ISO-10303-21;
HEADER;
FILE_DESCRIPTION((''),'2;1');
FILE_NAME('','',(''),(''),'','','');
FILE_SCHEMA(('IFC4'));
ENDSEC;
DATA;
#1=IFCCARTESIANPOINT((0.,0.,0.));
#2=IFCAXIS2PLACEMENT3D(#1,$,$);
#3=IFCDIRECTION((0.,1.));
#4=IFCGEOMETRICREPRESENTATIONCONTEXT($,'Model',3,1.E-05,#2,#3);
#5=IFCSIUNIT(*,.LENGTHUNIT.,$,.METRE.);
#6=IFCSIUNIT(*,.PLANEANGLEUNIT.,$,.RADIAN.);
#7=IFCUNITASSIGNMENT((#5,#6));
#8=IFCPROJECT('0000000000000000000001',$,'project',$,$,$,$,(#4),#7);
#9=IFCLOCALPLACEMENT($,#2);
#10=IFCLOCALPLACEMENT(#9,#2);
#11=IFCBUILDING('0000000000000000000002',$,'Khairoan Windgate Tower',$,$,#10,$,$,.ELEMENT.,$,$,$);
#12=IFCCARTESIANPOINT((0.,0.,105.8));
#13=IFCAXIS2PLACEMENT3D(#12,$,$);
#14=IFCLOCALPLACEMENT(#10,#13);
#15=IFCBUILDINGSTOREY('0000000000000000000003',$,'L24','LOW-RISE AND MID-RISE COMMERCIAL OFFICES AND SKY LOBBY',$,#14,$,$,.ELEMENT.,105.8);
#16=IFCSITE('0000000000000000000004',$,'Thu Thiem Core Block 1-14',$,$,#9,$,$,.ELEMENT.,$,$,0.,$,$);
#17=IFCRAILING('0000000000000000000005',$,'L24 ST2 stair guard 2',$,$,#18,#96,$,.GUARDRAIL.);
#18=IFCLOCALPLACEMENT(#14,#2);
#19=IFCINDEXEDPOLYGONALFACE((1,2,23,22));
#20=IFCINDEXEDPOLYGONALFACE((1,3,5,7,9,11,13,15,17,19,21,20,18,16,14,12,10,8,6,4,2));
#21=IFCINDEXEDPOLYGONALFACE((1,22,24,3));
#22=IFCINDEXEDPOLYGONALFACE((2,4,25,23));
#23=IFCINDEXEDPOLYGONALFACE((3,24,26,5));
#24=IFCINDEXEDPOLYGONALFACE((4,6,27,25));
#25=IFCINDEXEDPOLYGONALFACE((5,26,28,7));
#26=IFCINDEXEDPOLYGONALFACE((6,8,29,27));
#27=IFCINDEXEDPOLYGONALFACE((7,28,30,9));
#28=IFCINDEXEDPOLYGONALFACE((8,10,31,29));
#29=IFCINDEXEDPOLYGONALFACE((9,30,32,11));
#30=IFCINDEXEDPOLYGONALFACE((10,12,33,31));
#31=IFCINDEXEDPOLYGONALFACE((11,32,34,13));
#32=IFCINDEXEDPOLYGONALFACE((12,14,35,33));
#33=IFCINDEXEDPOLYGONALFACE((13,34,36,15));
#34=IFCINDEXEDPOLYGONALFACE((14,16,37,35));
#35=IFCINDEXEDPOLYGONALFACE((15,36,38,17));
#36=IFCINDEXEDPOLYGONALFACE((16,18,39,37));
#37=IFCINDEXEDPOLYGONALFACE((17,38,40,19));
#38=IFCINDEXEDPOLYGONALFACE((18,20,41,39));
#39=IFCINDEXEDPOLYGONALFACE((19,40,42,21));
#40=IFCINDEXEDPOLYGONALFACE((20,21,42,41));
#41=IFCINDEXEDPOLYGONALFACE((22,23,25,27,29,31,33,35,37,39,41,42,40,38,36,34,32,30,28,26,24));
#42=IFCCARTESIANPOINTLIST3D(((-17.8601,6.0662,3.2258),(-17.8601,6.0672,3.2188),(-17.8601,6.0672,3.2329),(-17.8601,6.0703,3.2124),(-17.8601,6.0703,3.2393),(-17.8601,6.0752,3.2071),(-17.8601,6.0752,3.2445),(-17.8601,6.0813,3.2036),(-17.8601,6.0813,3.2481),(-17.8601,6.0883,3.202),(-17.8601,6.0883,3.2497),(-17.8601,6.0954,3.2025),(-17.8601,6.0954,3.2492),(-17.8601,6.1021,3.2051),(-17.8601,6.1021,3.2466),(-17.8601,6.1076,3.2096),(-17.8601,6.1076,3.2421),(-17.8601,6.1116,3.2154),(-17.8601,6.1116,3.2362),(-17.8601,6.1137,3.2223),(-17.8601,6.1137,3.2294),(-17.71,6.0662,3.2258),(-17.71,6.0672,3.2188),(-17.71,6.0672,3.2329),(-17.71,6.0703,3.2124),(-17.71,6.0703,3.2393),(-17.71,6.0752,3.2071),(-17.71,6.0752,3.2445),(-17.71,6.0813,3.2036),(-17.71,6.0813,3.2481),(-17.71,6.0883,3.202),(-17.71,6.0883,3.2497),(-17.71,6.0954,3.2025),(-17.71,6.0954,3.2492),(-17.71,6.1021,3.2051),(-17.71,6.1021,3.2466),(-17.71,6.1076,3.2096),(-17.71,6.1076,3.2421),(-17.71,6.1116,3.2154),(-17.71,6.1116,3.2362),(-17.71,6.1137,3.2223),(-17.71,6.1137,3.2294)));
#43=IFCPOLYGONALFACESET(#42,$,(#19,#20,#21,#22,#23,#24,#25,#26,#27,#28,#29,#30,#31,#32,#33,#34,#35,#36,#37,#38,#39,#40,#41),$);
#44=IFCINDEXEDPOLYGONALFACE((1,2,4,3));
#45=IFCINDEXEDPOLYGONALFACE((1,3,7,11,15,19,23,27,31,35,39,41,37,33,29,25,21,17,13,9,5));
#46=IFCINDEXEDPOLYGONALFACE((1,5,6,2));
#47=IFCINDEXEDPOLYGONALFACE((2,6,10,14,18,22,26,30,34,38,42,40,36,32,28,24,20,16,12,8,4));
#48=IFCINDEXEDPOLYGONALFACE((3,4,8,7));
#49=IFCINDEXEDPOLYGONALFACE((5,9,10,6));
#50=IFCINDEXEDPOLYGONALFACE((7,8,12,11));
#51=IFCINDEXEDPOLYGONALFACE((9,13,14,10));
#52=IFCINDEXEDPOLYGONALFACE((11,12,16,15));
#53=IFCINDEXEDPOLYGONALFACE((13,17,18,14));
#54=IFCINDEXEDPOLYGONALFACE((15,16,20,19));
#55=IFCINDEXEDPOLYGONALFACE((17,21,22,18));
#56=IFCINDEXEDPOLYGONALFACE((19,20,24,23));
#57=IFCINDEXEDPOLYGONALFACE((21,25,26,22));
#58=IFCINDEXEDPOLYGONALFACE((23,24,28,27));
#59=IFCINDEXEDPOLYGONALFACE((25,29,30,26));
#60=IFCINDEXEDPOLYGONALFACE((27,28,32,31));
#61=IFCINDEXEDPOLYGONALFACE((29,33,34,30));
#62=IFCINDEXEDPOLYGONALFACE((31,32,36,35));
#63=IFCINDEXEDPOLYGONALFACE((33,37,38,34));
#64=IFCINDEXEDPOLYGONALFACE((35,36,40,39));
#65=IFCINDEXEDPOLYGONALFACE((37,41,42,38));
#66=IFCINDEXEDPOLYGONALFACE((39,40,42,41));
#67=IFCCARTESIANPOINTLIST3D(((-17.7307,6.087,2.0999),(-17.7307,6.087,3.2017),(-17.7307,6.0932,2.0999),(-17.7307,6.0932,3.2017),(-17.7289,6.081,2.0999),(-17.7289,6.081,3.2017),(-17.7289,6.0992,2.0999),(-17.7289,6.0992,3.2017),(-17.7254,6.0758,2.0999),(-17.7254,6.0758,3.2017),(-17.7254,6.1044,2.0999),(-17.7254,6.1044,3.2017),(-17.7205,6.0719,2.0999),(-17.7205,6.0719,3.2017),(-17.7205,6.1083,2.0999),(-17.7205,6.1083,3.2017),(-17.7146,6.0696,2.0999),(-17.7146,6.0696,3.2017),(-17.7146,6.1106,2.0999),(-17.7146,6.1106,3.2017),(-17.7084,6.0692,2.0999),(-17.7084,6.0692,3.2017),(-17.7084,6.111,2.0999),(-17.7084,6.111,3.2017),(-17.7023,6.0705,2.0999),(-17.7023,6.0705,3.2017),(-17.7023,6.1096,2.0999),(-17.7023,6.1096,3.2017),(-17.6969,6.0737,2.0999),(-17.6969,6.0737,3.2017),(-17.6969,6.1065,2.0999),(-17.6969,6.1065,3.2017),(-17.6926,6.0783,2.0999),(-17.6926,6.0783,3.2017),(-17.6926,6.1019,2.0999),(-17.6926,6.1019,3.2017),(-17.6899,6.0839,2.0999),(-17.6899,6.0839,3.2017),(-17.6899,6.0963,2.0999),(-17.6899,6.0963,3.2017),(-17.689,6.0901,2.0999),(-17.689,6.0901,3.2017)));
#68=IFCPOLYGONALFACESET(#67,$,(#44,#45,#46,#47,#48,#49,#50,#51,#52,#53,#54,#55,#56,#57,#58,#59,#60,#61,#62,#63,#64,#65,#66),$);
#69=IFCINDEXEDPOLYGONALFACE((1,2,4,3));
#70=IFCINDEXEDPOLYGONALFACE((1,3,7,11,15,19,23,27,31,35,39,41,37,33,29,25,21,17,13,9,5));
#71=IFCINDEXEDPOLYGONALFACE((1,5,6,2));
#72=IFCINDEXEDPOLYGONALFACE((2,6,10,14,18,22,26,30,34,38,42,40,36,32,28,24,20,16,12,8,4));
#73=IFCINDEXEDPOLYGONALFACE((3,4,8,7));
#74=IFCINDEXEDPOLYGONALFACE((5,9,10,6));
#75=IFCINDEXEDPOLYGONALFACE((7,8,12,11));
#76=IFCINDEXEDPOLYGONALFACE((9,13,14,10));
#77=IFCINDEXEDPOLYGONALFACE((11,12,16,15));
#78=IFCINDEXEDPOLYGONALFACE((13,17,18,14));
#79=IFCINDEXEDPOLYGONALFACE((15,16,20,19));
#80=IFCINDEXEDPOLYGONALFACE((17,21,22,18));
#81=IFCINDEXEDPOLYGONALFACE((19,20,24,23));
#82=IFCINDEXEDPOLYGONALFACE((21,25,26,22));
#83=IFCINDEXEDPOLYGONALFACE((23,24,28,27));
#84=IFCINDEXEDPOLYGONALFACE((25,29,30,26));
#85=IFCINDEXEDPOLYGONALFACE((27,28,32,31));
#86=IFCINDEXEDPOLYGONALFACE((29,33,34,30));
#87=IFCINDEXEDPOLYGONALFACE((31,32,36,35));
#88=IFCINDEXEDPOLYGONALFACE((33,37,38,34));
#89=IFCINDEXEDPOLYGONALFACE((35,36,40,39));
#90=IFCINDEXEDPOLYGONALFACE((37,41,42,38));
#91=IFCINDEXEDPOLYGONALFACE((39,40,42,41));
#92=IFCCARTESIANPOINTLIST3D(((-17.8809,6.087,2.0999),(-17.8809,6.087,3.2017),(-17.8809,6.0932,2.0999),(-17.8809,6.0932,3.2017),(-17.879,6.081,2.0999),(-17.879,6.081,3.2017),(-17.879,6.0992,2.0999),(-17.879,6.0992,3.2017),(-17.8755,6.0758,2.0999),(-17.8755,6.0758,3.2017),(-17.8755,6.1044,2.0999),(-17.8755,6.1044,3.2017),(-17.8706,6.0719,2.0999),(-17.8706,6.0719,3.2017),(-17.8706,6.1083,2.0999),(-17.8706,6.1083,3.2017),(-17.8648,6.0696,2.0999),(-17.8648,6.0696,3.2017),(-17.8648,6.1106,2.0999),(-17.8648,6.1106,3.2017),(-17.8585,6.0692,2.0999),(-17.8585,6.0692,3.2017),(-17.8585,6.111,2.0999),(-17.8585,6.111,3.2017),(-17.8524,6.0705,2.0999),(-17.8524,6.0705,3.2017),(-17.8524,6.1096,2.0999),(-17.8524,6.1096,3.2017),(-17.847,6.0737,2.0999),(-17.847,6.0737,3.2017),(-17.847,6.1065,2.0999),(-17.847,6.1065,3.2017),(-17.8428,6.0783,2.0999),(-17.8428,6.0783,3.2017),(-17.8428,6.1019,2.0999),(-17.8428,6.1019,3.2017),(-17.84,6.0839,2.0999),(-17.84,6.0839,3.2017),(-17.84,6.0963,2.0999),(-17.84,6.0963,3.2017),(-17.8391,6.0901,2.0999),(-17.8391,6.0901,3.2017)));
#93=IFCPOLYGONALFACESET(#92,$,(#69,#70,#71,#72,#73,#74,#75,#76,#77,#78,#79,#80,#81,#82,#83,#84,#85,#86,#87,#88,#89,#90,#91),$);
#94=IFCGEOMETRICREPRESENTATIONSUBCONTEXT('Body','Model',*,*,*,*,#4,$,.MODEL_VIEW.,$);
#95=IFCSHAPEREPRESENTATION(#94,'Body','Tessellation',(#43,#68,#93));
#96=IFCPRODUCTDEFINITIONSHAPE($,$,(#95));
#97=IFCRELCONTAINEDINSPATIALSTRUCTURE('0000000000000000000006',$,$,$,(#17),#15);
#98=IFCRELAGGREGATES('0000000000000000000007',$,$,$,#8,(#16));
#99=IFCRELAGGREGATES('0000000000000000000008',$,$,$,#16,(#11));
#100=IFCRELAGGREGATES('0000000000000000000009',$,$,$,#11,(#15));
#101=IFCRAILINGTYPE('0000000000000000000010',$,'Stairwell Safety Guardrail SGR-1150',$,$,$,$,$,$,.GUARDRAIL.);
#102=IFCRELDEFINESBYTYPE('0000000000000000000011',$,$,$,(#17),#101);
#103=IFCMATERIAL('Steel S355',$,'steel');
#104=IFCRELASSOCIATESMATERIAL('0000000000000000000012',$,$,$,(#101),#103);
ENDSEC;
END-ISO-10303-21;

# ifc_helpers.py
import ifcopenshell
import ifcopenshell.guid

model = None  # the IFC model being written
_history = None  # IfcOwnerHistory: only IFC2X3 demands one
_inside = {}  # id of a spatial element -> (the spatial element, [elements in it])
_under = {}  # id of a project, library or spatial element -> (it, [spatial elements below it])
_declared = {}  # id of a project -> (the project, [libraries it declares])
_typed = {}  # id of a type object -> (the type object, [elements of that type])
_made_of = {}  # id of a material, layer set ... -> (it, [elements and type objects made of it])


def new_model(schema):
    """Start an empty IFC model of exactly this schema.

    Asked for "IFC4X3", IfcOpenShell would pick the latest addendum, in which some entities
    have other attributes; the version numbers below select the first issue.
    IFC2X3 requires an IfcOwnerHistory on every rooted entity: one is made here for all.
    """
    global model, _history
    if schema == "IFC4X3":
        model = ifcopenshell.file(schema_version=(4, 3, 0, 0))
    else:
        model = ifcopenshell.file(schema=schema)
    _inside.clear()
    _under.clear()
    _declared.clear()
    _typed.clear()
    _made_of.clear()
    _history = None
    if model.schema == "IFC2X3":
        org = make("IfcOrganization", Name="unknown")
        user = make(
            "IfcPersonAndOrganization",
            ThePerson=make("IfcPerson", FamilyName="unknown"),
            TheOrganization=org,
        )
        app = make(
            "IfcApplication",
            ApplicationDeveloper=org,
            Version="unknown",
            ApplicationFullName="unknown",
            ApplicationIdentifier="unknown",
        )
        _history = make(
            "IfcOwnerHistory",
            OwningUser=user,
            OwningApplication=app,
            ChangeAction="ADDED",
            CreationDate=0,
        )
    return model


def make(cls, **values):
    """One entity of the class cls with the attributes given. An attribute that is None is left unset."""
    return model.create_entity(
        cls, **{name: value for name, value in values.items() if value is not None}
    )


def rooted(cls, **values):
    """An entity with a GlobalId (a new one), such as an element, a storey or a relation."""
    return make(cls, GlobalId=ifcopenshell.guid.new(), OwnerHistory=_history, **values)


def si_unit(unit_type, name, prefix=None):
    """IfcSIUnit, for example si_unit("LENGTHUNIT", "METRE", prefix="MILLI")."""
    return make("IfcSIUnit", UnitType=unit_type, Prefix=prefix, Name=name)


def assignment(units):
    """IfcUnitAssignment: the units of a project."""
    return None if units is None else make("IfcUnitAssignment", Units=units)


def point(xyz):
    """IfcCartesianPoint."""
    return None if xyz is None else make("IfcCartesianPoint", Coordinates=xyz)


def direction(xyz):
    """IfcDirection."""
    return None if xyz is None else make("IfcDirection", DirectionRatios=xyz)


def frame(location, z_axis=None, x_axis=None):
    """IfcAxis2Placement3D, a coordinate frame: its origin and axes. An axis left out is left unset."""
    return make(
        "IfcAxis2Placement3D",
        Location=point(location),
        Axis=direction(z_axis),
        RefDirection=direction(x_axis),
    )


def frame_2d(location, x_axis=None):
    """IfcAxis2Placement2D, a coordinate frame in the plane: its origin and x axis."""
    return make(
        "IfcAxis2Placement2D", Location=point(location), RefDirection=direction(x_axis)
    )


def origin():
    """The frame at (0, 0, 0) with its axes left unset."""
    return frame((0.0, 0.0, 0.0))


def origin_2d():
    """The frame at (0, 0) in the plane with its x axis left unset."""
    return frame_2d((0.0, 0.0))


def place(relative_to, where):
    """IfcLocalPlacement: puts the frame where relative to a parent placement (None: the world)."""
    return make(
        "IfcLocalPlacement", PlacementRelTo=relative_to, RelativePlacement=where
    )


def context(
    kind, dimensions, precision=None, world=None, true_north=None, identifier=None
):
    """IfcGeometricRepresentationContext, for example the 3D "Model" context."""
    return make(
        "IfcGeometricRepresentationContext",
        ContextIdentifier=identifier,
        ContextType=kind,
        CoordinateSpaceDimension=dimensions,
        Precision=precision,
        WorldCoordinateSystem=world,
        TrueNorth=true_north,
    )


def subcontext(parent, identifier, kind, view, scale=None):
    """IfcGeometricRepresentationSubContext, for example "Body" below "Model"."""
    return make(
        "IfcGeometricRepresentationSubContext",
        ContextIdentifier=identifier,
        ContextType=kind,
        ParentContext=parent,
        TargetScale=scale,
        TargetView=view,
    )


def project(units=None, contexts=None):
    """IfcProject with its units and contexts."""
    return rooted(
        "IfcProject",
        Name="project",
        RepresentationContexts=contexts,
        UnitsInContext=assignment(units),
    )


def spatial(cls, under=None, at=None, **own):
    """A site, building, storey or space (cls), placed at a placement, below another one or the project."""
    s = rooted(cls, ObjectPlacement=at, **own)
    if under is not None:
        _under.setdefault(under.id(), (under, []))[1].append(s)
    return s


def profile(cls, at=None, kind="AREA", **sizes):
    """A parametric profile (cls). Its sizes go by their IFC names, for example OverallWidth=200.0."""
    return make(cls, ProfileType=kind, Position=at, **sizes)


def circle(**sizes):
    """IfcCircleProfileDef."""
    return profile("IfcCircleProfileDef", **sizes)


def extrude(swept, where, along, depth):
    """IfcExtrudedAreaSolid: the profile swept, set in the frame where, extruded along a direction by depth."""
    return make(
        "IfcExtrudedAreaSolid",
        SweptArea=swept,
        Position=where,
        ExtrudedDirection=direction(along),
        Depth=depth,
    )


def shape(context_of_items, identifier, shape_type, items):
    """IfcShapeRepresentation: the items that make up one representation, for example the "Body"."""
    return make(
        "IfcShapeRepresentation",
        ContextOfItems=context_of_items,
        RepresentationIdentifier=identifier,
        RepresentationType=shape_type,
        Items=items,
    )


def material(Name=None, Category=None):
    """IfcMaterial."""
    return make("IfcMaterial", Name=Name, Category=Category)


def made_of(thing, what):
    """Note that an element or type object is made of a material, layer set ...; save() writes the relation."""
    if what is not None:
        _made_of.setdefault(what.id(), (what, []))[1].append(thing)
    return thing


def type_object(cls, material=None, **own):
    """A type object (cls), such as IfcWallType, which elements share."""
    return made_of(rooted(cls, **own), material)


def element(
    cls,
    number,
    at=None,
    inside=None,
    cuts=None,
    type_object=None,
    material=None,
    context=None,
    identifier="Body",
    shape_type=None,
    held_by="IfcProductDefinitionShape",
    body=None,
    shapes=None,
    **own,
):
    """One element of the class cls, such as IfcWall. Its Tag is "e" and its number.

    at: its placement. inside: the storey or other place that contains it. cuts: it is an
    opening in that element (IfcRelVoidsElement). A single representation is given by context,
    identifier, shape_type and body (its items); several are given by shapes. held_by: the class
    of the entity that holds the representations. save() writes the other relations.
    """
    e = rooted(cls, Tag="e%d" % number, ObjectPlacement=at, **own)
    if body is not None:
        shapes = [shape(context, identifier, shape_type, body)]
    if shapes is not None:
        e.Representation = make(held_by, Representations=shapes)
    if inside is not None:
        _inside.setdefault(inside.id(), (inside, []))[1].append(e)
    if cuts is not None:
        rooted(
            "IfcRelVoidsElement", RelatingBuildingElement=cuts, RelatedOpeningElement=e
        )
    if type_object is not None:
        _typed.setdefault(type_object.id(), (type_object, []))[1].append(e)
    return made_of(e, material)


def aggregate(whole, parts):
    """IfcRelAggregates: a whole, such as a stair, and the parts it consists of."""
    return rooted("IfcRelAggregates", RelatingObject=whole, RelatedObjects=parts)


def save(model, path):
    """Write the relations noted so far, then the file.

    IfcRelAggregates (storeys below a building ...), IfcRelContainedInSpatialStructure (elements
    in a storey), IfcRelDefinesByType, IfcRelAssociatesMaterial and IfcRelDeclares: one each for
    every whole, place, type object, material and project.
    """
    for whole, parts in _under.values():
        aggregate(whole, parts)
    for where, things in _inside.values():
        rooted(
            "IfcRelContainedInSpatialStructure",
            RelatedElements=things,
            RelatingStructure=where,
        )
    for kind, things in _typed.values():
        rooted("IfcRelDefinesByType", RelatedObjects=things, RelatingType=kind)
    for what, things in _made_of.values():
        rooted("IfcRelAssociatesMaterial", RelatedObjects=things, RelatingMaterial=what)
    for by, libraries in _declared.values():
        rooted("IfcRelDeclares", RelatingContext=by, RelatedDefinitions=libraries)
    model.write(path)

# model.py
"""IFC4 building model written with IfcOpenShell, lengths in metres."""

from ifc_helpers import new_model, si_unit, direction, frame, origin, origin_2d, place, context, subcontext, project, spatial, circle, extrude, material, type_object, element, save


model = new_model("IFC4")

# Units and contexts
model_context = context("Model", 3, precision=1e-05, world=origin(), true_north=direction((0.0, 1.0)))
body_context = subcontext(model_context, "Body", "Model", "MODEL_VIEW")
ifc_project = project(units=[si_unit("LENGTHUNIT", "METRE"), si_unit("PLANEANGLEUNIT", "RADIAN")], contexts=[model_context])

# Site, building, storey
site_placement = place(None, origin())
site = spatial("IfcSite", under=ifc_project, at=site_placement, Name="Thu Thiem Core Block 1-14", CompositionType="ELEMENT", RefElevation=0.0)
building_placement = place(site_placement, origin())
building = spatial("IfcBuilding", under=site, at=building_placement, Name="Khairoan Windgate Tower", CompositionType="ELEMENT")
storey_placement = place(building_placement, frame((0.0, 0.0, 105.8)))
storey = spatial("IfcBuildingStorey", under=building, at=storey_placement, Name="L24", Description="LOW-RISE AND MID-RISE COMMERCIAL OFFICES AND SKY LOBBY", CompositionType="ELEMENT", Elevation=105.8)

# Railing
ifc_material_1 = material(Name="Steel S355", Category="steel")
railing_type_1 = type_object("IfcRailingType", Name="Stairwell Safety Guardrail SGR-1150", PredefinedType="GUARDRAIL", material=ifc_material_1)
railing_1_placement = place(storey_placement, frame((-17.71, 6.0901, 2.0999)))
element("IfcRailing", 1, at=railing_1_placement, inside=storey, type_object=railing_type_1, Name="L24 ST2 stair guard 2", PredefinedType="GUARDRAIL", context=body_context, shape_type="SweptSolid", body=[
    extrude(circle(Radius=0.0239, at=origin_2d()), frame((0.0, 0.0, 1.126), z_axis=(-1.0, 0.0, 0.0), x_axis=(0.0, -1.0, 0.0)), (0.0, 0.0, 1.0), 0.1501),
    extrude(circle(Radius=0.021, at=origin_2d()), origin(), (0.0, 0.0, 1.0), 1.1018),
    extrude(circle(Radius=0.021, at=origin_2d()), frame((-0.1501, 0.0, 0.0)), (0.0, 0.0, 1.0), 1.1018),
])

save(model, "model.ifc")
